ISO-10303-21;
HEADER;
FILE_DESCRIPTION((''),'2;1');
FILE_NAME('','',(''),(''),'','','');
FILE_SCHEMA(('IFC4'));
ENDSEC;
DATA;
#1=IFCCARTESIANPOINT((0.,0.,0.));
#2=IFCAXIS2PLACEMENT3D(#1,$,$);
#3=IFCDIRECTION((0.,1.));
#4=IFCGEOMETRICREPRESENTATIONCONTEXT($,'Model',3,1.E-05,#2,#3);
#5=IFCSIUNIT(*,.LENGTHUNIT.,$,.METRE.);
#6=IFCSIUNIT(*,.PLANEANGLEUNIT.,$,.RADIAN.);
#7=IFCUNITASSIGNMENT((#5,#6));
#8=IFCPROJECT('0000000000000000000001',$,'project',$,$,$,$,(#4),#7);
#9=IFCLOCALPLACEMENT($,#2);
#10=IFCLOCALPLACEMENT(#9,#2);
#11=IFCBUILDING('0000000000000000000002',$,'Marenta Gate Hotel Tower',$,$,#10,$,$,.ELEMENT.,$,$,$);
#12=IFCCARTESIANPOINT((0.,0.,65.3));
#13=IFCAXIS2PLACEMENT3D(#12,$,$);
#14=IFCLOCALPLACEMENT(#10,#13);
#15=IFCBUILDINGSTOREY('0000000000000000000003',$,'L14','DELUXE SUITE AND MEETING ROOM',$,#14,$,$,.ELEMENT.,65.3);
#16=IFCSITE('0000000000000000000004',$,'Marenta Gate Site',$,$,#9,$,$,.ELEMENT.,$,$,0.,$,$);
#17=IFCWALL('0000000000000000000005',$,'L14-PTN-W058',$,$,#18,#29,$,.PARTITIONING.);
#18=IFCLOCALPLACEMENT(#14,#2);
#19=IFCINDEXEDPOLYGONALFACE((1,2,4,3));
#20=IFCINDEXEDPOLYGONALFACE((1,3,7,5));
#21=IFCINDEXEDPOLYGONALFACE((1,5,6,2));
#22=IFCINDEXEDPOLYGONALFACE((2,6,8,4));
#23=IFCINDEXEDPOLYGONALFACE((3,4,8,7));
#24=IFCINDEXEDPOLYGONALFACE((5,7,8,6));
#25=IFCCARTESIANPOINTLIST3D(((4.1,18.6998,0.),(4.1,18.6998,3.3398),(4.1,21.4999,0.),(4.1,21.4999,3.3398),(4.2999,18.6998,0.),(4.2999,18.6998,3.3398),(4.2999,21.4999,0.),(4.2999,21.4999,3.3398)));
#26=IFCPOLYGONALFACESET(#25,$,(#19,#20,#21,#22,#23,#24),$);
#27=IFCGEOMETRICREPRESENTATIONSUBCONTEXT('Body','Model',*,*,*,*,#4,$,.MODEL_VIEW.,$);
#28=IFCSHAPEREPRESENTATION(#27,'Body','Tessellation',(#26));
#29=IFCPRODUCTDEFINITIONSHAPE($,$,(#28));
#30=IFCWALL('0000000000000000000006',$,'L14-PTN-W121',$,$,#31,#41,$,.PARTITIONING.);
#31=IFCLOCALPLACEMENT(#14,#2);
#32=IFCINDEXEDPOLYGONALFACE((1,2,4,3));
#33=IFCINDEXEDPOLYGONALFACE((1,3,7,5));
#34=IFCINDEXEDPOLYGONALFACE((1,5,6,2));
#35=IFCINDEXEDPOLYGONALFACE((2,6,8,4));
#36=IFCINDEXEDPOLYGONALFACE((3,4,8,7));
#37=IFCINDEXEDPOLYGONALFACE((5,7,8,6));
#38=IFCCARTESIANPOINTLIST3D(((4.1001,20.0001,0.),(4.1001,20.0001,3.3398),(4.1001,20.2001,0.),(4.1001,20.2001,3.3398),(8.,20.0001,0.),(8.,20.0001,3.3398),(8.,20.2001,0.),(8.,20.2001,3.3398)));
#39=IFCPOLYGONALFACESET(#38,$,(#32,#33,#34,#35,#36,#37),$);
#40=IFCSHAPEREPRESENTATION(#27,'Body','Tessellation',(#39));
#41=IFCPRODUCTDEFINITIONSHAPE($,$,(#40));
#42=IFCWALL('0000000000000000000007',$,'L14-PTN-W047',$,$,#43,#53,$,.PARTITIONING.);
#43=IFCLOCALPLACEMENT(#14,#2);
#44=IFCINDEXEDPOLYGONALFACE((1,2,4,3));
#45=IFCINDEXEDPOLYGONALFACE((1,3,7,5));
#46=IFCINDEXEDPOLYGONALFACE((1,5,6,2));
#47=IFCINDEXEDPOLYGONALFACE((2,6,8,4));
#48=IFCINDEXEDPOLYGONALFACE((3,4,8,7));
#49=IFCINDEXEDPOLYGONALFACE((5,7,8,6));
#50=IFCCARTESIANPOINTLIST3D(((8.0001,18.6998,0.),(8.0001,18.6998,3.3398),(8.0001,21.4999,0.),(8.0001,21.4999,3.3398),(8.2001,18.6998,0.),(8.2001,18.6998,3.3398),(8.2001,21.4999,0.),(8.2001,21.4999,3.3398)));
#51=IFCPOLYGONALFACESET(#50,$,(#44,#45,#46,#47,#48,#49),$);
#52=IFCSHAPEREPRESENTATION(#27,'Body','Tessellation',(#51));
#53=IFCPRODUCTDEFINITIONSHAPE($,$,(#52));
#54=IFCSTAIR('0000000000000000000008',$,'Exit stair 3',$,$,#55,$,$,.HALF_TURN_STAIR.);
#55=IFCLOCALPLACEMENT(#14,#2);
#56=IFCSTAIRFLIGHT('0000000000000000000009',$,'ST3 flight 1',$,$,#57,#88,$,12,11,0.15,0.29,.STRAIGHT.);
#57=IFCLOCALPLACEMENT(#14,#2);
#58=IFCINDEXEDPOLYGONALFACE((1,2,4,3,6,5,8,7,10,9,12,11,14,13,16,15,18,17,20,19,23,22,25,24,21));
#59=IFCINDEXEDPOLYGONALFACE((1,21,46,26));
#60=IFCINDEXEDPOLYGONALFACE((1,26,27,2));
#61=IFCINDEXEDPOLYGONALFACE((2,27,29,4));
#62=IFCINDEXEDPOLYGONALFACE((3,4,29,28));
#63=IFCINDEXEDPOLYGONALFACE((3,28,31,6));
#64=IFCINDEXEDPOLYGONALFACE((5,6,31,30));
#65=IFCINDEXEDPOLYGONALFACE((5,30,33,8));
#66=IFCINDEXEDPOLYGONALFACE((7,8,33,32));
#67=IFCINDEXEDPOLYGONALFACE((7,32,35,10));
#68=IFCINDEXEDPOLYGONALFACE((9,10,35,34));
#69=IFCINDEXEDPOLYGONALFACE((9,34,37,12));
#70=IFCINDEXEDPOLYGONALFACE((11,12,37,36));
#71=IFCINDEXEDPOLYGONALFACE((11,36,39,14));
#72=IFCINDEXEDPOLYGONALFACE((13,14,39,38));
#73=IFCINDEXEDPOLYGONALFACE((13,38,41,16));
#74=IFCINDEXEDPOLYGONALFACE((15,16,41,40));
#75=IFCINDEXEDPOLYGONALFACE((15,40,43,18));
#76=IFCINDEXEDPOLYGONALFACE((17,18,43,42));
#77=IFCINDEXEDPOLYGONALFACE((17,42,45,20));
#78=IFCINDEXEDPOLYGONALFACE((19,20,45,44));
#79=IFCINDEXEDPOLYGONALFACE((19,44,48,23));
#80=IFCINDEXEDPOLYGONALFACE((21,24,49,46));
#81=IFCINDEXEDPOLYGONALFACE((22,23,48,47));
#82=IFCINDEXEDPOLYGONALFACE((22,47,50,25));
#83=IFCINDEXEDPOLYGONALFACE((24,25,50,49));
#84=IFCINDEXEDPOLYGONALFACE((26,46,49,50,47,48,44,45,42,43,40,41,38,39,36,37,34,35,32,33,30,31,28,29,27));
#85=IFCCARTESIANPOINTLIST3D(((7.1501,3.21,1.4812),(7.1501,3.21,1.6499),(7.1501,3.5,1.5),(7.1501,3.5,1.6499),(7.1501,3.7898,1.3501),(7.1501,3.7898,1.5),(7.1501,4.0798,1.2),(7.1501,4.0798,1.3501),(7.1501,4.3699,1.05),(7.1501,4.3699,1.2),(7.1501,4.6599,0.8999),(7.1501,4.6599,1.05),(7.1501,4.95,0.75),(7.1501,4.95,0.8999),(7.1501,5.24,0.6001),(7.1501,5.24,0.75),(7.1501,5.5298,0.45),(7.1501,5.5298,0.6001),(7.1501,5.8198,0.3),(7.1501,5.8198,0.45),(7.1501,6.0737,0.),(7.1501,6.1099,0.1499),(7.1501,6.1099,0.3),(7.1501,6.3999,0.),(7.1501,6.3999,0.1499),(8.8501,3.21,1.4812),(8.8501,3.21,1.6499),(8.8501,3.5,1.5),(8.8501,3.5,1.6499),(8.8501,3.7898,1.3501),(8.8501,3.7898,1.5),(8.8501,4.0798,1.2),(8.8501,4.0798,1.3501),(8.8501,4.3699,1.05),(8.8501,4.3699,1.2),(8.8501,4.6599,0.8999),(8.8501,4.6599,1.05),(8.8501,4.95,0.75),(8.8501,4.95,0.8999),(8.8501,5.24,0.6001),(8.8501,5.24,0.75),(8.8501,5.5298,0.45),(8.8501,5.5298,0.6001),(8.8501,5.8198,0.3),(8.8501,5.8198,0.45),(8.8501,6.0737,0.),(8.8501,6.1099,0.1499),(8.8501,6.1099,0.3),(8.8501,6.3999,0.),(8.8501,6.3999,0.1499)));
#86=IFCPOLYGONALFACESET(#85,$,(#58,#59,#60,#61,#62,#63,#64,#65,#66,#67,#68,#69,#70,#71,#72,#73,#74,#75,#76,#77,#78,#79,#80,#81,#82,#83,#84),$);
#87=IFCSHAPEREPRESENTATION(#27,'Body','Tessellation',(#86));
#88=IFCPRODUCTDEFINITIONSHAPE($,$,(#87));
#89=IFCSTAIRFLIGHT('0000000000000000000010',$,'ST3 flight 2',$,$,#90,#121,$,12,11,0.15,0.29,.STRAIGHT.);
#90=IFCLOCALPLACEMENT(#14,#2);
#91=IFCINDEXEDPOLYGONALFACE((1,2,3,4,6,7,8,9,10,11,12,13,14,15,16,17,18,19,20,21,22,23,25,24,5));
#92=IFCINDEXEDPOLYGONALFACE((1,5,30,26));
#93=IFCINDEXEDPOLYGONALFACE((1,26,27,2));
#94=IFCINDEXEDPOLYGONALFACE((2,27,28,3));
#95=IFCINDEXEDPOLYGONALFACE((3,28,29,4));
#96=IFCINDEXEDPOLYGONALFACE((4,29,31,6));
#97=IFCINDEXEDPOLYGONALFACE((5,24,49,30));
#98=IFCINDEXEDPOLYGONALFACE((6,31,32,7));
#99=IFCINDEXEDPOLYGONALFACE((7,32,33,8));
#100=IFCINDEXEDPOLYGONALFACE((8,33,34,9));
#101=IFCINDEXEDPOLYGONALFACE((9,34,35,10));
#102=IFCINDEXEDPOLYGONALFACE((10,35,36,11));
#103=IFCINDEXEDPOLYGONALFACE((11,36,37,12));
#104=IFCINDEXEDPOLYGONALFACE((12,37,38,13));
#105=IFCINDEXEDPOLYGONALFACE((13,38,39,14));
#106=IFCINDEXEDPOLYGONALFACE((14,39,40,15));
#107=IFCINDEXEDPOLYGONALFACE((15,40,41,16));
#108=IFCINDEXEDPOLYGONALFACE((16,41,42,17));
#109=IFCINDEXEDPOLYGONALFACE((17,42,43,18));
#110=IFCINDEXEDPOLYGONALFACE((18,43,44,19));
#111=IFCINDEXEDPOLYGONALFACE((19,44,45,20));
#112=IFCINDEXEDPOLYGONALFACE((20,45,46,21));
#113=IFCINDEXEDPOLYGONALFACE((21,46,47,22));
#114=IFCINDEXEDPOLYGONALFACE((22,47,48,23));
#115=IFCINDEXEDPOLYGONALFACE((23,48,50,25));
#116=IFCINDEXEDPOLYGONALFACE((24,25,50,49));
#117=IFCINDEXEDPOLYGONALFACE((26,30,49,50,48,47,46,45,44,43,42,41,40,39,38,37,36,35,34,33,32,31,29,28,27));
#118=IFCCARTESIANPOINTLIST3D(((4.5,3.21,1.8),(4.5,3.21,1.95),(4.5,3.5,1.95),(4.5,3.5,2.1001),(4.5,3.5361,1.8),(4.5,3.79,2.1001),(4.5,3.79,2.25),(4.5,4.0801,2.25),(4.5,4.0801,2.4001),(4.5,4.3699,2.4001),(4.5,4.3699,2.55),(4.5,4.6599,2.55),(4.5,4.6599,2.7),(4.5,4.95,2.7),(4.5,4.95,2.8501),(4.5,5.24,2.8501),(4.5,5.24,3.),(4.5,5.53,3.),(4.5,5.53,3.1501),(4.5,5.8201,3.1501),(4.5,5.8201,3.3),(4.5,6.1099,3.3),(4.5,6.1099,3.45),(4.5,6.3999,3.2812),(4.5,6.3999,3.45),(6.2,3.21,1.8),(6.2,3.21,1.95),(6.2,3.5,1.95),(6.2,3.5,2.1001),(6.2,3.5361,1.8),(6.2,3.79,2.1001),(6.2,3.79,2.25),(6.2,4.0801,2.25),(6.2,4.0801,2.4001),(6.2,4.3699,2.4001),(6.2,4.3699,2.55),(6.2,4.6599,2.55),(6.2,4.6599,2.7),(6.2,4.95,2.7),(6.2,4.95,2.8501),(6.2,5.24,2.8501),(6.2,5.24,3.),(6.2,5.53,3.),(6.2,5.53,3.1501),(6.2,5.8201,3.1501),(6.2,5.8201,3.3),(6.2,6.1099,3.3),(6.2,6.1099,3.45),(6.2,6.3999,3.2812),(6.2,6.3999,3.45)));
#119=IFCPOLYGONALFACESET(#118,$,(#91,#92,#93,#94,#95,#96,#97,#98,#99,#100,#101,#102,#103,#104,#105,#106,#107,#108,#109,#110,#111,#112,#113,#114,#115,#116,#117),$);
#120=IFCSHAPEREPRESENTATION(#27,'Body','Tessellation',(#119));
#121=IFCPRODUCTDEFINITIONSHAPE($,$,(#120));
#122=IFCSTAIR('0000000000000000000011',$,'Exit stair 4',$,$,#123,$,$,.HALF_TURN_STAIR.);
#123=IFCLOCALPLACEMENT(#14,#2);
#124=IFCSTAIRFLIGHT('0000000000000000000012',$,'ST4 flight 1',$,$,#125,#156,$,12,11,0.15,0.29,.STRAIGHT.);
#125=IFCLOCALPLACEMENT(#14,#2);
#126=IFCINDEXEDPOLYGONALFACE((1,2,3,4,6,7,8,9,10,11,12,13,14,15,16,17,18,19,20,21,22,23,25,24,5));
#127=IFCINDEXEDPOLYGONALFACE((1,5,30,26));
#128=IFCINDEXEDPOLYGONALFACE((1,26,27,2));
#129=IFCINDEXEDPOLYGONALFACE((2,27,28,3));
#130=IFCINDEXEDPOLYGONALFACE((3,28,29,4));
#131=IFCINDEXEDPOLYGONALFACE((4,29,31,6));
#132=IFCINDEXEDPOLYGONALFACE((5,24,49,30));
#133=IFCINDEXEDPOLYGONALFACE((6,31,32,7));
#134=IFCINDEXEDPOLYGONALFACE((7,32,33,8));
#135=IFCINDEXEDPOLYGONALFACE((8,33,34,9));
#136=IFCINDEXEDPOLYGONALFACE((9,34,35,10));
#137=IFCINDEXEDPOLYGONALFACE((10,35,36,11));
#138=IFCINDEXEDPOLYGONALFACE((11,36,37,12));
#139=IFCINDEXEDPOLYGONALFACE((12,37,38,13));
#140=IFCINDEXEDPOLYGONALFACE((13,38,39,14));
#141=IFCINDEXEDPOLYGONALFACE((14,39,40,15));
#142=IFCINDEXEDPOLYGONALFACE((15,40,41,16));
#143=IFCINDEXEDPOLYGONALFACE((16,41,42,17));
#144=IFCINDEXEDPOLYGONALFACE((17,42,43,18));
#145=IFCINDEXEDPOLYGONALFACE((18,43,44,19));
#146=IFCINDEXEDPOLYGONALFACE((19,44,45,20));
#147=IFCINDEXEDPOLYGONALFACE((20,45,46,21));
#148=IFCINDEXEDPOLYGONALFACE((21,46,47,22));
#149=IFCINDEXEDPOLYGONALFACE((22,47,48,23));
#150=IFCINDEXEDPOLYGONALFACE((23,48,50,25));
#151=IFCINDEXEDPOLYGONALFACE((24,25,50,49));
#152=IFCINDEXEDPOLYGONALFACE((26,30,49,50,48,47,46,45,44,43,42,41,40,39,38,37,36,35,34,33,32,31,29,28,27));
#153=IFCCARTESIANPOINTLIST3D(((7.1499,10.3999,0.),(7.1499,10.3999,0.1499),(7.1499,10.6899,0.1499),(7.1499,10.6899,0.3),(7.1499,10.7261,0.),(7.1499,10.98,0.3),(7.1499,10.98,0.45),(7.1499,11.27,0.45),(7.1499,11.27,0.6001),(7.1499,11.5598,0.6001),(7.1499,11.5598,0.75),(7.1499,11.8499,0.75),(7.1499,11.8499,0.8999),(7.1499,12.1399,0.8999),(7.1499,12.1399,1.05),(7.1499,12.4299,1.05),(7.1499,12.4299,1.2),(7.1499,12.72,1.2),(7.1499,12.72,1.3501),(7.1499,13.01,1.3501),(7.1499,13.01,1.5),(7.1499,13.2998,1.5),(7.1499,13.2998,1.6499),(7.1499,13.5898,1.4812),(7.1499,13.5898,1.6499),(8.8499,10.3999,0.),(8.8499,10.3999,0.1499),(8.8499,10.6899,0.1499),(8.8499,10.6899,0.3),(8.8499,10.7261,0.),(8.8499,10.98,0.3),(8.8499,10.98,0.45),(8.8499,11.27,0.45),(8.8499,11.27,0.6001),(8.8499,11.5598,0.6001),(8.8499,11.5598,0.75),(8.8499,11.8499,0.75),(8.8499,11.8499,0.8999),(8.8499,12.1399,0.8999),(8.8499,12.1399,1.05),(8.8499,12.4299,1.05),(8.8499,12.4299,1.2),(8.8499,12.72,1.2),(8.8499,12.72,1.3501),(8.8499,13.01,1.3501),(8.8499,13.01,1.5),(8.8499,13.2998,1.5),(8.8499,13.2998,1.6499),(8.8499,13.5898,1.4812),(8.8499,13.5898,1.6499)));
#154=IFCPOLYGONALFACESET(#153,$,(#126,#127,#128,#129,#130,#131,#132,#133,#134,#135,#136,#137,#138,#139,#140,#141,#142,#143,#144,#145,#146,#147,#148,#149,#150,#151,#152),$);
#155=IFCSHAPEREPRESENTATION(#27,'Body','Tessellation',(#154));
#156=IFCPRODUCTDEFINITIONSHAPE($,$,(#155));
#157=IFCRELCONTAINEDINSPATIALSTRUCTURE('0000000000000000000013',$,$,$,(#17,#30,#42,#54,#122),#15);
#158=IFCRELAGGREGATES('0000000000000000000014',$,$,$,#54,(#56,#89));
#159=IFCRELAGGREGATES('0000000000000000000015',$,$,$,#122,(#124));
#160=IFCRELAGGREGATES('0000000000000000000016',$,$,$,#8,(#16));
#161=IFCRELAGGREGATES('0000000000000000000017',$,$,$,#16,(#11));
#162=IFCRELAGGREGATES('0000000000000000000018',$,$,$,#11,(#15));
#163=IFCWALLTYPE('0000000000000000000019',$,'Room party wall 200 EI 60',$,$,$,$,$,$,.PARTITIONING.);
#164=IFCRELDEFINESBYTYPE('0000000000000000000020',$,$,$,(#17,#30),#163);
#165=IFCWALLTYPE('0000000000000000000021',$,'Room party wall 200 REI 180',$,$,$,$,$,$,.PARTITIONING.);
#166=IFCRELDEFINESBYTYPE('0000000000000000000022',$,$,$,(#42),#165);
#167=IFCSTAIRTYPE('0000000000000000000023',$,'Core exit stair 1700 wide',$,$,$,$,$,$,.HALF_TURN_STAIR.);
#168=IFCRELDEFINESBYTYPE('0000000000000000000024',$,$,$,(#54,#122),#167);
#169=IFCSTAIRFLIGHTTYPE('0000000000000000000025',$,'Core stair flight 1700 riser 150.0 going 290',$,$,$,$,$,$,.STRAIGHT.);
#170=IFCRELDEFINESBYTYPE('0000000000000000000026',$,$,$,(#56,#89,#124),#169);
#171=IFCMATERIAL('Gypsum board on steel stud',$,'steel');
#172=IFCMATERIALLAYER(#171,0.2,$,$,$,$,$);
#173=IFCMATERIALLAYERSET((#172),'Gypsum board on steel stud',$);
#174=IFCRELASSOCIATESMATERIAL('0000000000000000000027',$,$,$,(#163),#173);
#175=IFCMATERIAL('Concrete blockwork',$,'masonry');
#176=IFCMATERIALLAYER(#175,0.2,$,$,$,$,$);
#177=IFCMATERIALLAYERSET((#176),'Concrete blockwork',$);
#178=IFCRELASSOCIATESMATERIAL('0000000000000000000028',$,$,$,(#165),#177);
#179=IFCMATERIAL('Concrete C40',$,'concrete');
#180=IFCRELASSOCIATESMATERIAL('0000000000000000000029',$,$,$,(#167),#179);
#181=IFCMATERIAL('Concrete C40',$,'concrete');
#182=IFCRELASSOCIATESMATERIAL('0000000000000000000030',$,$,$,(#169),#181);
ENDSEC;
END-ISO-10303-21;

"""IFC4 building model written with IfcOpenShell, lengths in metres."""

from ifc_helpers import new_model, si_unit, direction, frame, frame_2d, origin, place, context, subcontext, project, spatial, polyline, rectangle, outline, extrude, material, layer, layer_set, type_object, element, aggregate, save


model = new_model("IFC4")

# Units and contexts
model_context = context("Model", 3, precision=1e-05, world=origin(), true_north=direction((0.0, 1.0)))
body_context = subcontext(model_context, "Body", "Model", "MODEL_VIEW")
ifc_project = project(units=[si_unit("LENGTHUNIT", "METRE"), si_unit("PLANEANGLEUNIT", "RADIAN")], contexts=[model_context])

# Site, building, storey
site_placement = place(None, origin())
site = spatial("IfcSite", under=ifc_project, at=site_placement, Name="Marenta Gate Site", CompositionType="ELEMENT", RefElevation=0.0)
building_placement = place(site_placement, origin())
building = spatial("IfcBuilding", under=site, at=building_placement, Name="Marenta Gate Hotel Tower", CompositionType="ELEMENT")
storey_placement = place(building_placement, frame((0.0, 0.0, 65.3)))
storey = spatial("IfcBuildingStorey", under=building, at=storey_placement, Name="L14", Description="DELUXE SUITE AND MEETING ROOM", CompositionType="ELEMENT", Elevation=65.3)

# Walls
ifc_material_1 = material(Name="Gypsum board on steel stud", Category="steel")
ifc_layer_1 = layer(ifc_material_1, 0.2)
ifc_layer_set_1 = layer_set([ifc_layer_1], Name="Gypsum board on steel stud")
wall_type_1 = type_object("IfcWallType", Name="Room party wall 200 EI 60", PredefinedType="PARTITIONING", material=ifc_layer_set_1)
wall_1_placement = place(storey_placement, frame((4.2, 18.7, 0.0), z_axis=(0.0, 0.0, 1.0), x_axis=(0.0, 1.0, 0.0)))
element("IfcWall", 1, at=wall_1_placement, inside=storey, type_object=wall_type_1, Name="L14-PTN-W058", PredefinedType="PARTITIONING", context=body_context, shape_type="SweptSolid", body=[
    extrude(rectangle(XDim=2.8, YDim=0.2, at=frame_2d((1.3999, 0.0))), origin(), (0.0, 0.0, 1.0), 3.3398),
])
wall_2_placement = place(storey_placement, frame((4.1001, 20.1001, 0.0), z_axis=(0.0, 0.0, 1.0), x_axis=(1.0, 0.0, 0.0)))
element("IfcWall", 2, at=wall_2_placement, inside=storey, type_object=wall_type_1, Name="L14-PTN-W121", PredefinedType="PARTITIONING", context=body_context, shape_type="SweptSolid", body=[
    extrude(rectangle(XDim=3.8999, YDim=0.2, at=frame_2d((1.95, 0.0))), origin(), (0.0, 0.0, 1.0), 3.3398),
])
ifc_material_2 = material(Name="Concrete blockwork", Category="masonry")
ifc_layer_2 = layer(ifc_material_2, 0.2)
ifc_layer_set_2 = layer_set([ifc_layer_2], Name="Concrete blockwork")
wall_type_2 = type_object("IfcWallType", Name="Room party wall 200 REI 180", PredefinedType="PARTITIONING", material=ifc_layer_set_2)
wall_3_placement = place(storey_placement, frame((8.1001, 18.7, 0.0), z_axis=(0.0, 0.0, 1.0), x_axis=(0.0, 1.0, 0.0)))
element("IfcWall", 3, at=wall_3_placement, inside=storey, type_object=wall_type_2, Name="L14-PTN-W047", PredefinedType="PARTITIONING", context=body_context, shape_type="SweptSolid", body=[
    extrude(rectangle(XDim=2.8, YDim=0.2, at=frame_2d((1.3999, 0.0))), origin(), (0.0, 0.0, 1.0), 3.3398),
])

# Stairs, stair flights
ifc_material_3 = material(Name="Concrete C40", Category="concrete")
stair_type = type_object("IfcStairType", Name="Core exit stair 1700 wide", PredefinedType="HALF_TURN_STAIR", material=ifc_material_3)
stair_1_placement = place(storey_placement, origin())
stair_1 = element("IfcStair", 4, at=stair_1_placement, inside=storey, type_object=stair_type, Name="Exit stair 3", PredefinedType="HALF_TURN_STAIR")
ifc_material_4 = material(Name="Concrete C40", Category="concrete")
stair_flight_type = type_object("IfcStairFlightType", Name="Core stair flight 1700 riser 150.0 going 290", PredefinedType="STRAIGHT", material=ifc_material_4)
stair_flight_1_placement = place(storey_placement, frame((8.0, 6.3999, 0.0), z_axis=(0.0, 0.0, 1.0), x_axis=(0.0, -1.0, 0.0)))
stair_flight_1 = element("IfcStairFlight", 5, at=stair_flight_1_placement, type_object=stair_flight_type, Name="ST3 flight 1", NumberOfRisers=12, NumberOfTreads=11, PredefinedType="STRAIGHT", RiserHeight=0.15, TreadLength=0.29, context=body_context, shape_type="SweptSolid", body=[
    extrude(outline(polyline([(0.0, 0.0), (0.0, 0.1499), (0.29, 0.1499), (0.29, 0.3), (0.5801, 0.3), (0.5801, 0.45), (0.8701, 0.45), (0.8701, 0.6001), (1.1599, 0.6001), (1.1599, 0.75), (1.45, 0.75), (1.45, 0.8999), (1.74, 0.8999), (1.74, 1.05), (2.03, 1.05), (2.03, 1.2), (2.3201, 1.2), (2.3201, 1.3501), (2.6101, 1.3501), (2.6101, 1.5), (2.8999, 1.5), (2.8999, 1.6499), (3.1899, 1.6499), (3.1899, 1.8), (3.1899, 1.4812), (0.3262, 0.0), (0.0, 0.0)])), frame((0.0, 0.8501, 0.0), z_axis=(0.0, -1.0, 0.0), x_axis=(1.0, 0.0, 0.0)), (0.0, 0.0, 1.0), 1.7),
])
stair_flight_2_placement = place(storey_placement, frame((5.3501, 3.21, 1.8), z_axis=(0.0, 0.0, 1.0), x_axis=(0.0, 1.0, 0.0)))
stair_flight_2 = element("IfcStairFlight", 6, at=stair_flight_2_placement, type_object=stair_flight_type, Name="ST3 flight 2", NumberOfRisers=12, NumberOfTreads=11, PredefinedType="STRAIGHT", RiserHeight=0.15, TreadLength=0.29, context=body_context, shape_type="SweptSolid", body=[
    extrude(outline(polyline([(0.0, 0.0), (0.0, 0.1499), (0.29, 0.1499), (0.29, 0.3), (0.5801, 0.3), (0.5801, 0.45), (0.8701, 0.45), (0.8701, 0.6001), (1.1599, 0.6001), (1.1599, 0.75), (1.45, 0.75), (1.45, 0.8999), (1.74, 0.8999), (1.74, 1.05), (2.03, 1.05), (2.03, 1.2), (2.3201, 1.2), (2.3201, 1.3501), (2.6101, 1.3501), (2.6101, 1.5), (2.8999, 1.5), (2.8999, 1.6499), (3.1899, 1.6499), (3.1899, 1.8), (3.1899, 1.4812), (0.3262, 0.0), (0.0, 0.0)])), frame((0.0, 0.8501, 0.0), z_axis=(0.0, -1.0, 0.0), x_axis=(1.0, 0.0, 0.0)), (0.0, 0.0, 1.0), 1.7),
])
aggregate(stair_1, [stair_flight_1, stair_flight_2])
stair_2_placement = place(storey_placement, origin())
stair_2 = element("IfcStair", 7, at=stair_2_placement, inside=storey, type_object=stair_type, Name="Exit stair 4", PredefinedType="HALF_TURN_STAIR")
stair_flight_3_placement = place(storey_placement, frame((8.0, 10.3999, 0.0), z_axis=(0.0, 0.0, 1.0), x_axis=(0.0, 1.0, 0.0)))
stair_flight_3 = element("IfcStairFlight", 8, at=stair_flight_3_placement, type_object=stair_flight_type, Name="ST4 flight 1", NumberOfRisers=12, NumberOfTreads=11, PredefinedType="STRAIGHT", RiserHeight=0.15, TreadLength=0.29, context=body_context, shape_type="SweptSolid", body=[
    extrude(outline(polyline([(0.0, 0.0), (0.0, 0.1499), (0.29, 0.1499), (0.29, 0.3), (0.5801, 0.3), (0.5801, 0.45), (0.8701, 0.45), (0.8701, 0.6001), (1.1599, 0.6001), (1.1599, 0.75), (1.45, 0.75), (1.45, 0.8999), (1.74, 0.8999), (1.74, 1.05), (2.03, 1.05), (2.03, 1.2), (2.3201, 1.2), (2.3201, 1.3501), (2.6101, 1.3501), (2.6101, 1.5), (2.8999, 1.5), (2.8999, 1.6499), (3.1899, 1.6499), (3.1899, 1.8), (3.1899, 1.4812), (0.3262, 0.0), (0.0, 0.0)])), frame((0.0, 0.8501, 0.0), z_axis=(0.0, -1.0, 0.0), x_axis=(1.0, 0.0, 0.0)), (0.0, 0.0, 1.0), 1.7),
])
aggregate(stair_2, [stair_flight_3])

save(model, "model.ifc")
